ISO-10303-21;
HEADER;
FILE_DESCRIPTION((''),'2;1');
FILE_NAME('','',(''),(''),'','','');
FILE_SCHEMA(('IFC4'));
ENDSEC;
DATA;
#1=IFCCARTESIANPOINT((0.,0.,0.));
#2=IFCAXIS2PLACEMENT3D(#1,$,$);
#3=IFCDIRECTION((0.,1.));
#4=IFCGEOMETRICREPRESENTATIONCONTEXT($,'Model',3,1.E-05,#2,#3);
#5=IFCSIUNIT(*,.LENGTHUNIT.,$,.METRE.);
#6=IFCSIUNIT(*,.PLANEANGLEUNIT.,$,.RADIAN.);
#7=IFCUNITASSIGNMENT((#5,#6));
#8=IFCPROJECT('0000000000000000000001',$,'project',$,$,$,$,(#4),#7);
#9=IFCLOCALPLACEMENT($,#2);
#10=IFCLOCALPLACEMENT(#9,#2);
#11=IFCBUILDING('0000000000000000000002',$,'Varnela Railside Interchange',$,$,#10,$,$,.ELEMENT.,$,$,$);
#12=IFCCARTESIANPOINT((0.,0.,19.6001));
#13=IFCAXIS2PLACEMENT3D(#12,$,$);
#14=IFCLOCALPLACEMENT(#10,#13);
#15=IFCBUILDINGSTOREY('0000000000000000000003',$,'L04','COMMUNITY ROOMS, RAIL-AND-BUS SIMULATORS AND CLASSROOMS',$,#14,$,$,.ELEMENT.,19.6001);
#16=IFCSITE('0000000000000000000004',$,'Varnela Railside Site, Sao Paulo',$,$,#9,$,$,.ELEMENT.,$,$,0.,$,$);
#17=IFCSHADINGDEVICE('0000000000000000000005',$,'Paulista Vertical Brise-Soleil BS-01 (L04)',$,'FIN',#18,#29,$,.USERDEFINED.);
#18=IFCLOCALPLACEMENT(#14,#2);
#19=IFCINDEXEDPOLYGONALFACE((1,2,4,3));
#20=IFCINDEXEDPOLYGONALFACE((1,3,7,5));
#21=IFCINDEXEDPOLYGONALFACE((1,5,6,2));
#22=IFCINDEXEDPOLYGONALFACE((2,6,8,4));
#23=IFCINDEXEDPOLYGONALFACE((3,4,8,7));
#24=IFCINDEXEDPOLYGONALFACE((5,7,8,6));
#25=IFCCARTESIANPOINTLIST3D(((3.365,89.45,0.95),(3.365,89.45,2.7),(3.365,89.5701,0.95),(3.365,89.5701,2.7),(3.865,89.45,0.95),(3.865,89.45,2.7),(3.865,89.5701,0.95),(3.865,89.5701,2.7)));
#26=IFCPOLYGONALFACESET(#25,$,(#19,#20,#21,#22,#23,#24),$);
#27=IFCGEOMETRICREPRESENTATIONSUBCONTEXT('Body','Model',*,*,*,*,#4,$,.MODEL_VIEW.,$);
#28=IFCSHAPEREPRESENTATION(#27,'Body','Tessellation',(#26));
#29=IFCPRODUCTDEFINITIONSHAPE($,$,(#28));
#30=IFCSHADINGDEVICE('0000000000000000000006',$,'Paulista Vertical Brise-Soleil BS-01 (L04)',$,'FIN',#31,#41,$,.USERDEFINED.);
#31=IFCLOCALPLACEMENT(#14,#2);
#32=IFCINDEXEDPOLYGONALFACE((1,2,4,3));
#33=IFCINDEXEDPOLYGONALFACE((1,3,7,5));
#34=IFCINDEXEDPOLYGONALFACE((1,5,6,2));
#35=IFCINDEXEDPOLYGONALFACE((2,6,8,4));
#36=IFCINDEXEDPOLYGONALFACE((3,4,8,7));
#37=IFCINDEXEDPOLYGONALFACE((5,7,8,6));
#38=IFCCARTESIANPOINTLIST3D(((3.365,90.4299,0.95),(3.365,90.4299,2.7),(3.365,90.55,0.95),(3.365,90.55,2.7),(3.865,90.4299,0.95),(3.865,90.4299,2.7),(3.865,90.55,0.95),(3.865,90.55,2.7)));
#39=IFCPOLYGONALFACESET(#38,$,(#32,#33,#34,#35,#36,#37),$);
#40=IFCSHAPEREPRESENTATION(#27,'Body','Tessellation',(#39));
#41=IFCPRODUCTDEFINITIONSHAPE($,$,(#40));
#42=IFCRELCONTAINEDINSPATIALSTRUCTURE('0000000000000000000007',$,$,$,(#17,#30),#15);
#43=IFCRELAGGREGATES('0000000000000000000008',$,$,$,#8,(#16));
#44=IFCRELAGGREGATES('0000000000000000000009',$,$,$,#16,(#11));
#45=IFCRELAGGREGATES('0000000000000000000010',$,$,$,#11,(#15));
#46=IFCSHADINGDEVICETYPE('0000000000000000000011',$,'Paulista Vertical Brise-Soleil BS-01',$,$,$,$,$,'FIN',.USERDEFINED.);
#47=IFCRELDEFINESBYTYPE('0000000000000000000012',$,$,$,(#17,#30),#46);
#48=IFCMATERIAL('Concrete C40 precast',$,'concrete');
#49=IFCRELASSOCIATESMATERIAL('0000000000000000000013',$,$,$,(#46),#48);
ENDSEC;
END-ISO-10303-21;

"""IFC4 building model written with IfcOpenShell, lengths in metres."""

from ifc_helpers import new_model, si_unit, direction, frame, origin, origin_2d, place, context, subcontext, project, spatial, rectangle, extrude, material, type_object, element, save


model = new_model("IFC4")

# Units and contexts
model_context = context("Model", 3, precision=1e-05, world=origin(), true_north=direction((0.0, 1.0)))
body_context = subcontext(model_context, "Body", "Model", "MODEL_VIEW")
ifc_project = project(units=[si_unit("LENGTHUNIT", "METRE"), si_unit("PLANEANGLEUNIT", "RADIAN")], contexts=[model_context])

# Site, building, storey
site_placement = place(None, origin())
site = spatial("IfcSite", under=ifc_project, at=site_placement, Name="Varnela Railside Site, Sao Paulo", CompositionType="ELEMENT", RefElevation=0.0)
building_placement = place(site_placement, origin())
building = spatial("IfcBuilding", under=site, at=building_placement, Name="Varnela Railside Interchange", CompositionType="ELEMENT")
storey_placement = place(building_placement, frame((0.0, 0.0, 19.6001)))
storey = spatial("IfcBuildingStorey", under=building, at=storey_placement, Name="L04", Description="COMMUNITY ROOMS, RAIL-AND-BUS SIMULATORS AND CLASSROOMS", CompositionType="ELEMENT", Elevation=19.6001)

# Shared definitions
ifc_material_1 = material(Name="Concrete C40 precast", Category="concrete")

# Shading devices
shading_device_type = type_object("IfcShadingDeviceType", Name="Paulista Vertical Brise-Soleil BS-01", ElementType="FIN", PredefinedType="USERDEFINED", material=ifc_material_1)
for number, where, z_axis, x_axis, name in (
    (1, (3.615, 89.51, 0.95), (0.0, 0.0, 1.0), (-1.0, 0.0, 0.0), "Paulista Vertical Brise-Soleil BS-01 (L04)"),
    (2, (3.615, 90.49, 0.95), (0.0, 0.0, 1.0), (-1.0, 0.0, 0.0), "Paulista Vertical Brise-Soleil BS-01 (L04)"),
):
    element("IfcShadingDevice", number, at=place(storey_placement, frame(where, z_axis=z_axis, x_axis=x_axis)), inside=storey, type_object=shading_device_type, Name=name, ObjectType="FIN", PredefinedType="USERDEFINED", context=body_context, shape_type="SweptSolid", body=[
        extrude(rectangle(XDim=0.5, YDim=0.1201, at=origin_2d()), origin(), (0.0, 0.0, 1.0), 1.75),
    ])

save(model, "model.ifc")
